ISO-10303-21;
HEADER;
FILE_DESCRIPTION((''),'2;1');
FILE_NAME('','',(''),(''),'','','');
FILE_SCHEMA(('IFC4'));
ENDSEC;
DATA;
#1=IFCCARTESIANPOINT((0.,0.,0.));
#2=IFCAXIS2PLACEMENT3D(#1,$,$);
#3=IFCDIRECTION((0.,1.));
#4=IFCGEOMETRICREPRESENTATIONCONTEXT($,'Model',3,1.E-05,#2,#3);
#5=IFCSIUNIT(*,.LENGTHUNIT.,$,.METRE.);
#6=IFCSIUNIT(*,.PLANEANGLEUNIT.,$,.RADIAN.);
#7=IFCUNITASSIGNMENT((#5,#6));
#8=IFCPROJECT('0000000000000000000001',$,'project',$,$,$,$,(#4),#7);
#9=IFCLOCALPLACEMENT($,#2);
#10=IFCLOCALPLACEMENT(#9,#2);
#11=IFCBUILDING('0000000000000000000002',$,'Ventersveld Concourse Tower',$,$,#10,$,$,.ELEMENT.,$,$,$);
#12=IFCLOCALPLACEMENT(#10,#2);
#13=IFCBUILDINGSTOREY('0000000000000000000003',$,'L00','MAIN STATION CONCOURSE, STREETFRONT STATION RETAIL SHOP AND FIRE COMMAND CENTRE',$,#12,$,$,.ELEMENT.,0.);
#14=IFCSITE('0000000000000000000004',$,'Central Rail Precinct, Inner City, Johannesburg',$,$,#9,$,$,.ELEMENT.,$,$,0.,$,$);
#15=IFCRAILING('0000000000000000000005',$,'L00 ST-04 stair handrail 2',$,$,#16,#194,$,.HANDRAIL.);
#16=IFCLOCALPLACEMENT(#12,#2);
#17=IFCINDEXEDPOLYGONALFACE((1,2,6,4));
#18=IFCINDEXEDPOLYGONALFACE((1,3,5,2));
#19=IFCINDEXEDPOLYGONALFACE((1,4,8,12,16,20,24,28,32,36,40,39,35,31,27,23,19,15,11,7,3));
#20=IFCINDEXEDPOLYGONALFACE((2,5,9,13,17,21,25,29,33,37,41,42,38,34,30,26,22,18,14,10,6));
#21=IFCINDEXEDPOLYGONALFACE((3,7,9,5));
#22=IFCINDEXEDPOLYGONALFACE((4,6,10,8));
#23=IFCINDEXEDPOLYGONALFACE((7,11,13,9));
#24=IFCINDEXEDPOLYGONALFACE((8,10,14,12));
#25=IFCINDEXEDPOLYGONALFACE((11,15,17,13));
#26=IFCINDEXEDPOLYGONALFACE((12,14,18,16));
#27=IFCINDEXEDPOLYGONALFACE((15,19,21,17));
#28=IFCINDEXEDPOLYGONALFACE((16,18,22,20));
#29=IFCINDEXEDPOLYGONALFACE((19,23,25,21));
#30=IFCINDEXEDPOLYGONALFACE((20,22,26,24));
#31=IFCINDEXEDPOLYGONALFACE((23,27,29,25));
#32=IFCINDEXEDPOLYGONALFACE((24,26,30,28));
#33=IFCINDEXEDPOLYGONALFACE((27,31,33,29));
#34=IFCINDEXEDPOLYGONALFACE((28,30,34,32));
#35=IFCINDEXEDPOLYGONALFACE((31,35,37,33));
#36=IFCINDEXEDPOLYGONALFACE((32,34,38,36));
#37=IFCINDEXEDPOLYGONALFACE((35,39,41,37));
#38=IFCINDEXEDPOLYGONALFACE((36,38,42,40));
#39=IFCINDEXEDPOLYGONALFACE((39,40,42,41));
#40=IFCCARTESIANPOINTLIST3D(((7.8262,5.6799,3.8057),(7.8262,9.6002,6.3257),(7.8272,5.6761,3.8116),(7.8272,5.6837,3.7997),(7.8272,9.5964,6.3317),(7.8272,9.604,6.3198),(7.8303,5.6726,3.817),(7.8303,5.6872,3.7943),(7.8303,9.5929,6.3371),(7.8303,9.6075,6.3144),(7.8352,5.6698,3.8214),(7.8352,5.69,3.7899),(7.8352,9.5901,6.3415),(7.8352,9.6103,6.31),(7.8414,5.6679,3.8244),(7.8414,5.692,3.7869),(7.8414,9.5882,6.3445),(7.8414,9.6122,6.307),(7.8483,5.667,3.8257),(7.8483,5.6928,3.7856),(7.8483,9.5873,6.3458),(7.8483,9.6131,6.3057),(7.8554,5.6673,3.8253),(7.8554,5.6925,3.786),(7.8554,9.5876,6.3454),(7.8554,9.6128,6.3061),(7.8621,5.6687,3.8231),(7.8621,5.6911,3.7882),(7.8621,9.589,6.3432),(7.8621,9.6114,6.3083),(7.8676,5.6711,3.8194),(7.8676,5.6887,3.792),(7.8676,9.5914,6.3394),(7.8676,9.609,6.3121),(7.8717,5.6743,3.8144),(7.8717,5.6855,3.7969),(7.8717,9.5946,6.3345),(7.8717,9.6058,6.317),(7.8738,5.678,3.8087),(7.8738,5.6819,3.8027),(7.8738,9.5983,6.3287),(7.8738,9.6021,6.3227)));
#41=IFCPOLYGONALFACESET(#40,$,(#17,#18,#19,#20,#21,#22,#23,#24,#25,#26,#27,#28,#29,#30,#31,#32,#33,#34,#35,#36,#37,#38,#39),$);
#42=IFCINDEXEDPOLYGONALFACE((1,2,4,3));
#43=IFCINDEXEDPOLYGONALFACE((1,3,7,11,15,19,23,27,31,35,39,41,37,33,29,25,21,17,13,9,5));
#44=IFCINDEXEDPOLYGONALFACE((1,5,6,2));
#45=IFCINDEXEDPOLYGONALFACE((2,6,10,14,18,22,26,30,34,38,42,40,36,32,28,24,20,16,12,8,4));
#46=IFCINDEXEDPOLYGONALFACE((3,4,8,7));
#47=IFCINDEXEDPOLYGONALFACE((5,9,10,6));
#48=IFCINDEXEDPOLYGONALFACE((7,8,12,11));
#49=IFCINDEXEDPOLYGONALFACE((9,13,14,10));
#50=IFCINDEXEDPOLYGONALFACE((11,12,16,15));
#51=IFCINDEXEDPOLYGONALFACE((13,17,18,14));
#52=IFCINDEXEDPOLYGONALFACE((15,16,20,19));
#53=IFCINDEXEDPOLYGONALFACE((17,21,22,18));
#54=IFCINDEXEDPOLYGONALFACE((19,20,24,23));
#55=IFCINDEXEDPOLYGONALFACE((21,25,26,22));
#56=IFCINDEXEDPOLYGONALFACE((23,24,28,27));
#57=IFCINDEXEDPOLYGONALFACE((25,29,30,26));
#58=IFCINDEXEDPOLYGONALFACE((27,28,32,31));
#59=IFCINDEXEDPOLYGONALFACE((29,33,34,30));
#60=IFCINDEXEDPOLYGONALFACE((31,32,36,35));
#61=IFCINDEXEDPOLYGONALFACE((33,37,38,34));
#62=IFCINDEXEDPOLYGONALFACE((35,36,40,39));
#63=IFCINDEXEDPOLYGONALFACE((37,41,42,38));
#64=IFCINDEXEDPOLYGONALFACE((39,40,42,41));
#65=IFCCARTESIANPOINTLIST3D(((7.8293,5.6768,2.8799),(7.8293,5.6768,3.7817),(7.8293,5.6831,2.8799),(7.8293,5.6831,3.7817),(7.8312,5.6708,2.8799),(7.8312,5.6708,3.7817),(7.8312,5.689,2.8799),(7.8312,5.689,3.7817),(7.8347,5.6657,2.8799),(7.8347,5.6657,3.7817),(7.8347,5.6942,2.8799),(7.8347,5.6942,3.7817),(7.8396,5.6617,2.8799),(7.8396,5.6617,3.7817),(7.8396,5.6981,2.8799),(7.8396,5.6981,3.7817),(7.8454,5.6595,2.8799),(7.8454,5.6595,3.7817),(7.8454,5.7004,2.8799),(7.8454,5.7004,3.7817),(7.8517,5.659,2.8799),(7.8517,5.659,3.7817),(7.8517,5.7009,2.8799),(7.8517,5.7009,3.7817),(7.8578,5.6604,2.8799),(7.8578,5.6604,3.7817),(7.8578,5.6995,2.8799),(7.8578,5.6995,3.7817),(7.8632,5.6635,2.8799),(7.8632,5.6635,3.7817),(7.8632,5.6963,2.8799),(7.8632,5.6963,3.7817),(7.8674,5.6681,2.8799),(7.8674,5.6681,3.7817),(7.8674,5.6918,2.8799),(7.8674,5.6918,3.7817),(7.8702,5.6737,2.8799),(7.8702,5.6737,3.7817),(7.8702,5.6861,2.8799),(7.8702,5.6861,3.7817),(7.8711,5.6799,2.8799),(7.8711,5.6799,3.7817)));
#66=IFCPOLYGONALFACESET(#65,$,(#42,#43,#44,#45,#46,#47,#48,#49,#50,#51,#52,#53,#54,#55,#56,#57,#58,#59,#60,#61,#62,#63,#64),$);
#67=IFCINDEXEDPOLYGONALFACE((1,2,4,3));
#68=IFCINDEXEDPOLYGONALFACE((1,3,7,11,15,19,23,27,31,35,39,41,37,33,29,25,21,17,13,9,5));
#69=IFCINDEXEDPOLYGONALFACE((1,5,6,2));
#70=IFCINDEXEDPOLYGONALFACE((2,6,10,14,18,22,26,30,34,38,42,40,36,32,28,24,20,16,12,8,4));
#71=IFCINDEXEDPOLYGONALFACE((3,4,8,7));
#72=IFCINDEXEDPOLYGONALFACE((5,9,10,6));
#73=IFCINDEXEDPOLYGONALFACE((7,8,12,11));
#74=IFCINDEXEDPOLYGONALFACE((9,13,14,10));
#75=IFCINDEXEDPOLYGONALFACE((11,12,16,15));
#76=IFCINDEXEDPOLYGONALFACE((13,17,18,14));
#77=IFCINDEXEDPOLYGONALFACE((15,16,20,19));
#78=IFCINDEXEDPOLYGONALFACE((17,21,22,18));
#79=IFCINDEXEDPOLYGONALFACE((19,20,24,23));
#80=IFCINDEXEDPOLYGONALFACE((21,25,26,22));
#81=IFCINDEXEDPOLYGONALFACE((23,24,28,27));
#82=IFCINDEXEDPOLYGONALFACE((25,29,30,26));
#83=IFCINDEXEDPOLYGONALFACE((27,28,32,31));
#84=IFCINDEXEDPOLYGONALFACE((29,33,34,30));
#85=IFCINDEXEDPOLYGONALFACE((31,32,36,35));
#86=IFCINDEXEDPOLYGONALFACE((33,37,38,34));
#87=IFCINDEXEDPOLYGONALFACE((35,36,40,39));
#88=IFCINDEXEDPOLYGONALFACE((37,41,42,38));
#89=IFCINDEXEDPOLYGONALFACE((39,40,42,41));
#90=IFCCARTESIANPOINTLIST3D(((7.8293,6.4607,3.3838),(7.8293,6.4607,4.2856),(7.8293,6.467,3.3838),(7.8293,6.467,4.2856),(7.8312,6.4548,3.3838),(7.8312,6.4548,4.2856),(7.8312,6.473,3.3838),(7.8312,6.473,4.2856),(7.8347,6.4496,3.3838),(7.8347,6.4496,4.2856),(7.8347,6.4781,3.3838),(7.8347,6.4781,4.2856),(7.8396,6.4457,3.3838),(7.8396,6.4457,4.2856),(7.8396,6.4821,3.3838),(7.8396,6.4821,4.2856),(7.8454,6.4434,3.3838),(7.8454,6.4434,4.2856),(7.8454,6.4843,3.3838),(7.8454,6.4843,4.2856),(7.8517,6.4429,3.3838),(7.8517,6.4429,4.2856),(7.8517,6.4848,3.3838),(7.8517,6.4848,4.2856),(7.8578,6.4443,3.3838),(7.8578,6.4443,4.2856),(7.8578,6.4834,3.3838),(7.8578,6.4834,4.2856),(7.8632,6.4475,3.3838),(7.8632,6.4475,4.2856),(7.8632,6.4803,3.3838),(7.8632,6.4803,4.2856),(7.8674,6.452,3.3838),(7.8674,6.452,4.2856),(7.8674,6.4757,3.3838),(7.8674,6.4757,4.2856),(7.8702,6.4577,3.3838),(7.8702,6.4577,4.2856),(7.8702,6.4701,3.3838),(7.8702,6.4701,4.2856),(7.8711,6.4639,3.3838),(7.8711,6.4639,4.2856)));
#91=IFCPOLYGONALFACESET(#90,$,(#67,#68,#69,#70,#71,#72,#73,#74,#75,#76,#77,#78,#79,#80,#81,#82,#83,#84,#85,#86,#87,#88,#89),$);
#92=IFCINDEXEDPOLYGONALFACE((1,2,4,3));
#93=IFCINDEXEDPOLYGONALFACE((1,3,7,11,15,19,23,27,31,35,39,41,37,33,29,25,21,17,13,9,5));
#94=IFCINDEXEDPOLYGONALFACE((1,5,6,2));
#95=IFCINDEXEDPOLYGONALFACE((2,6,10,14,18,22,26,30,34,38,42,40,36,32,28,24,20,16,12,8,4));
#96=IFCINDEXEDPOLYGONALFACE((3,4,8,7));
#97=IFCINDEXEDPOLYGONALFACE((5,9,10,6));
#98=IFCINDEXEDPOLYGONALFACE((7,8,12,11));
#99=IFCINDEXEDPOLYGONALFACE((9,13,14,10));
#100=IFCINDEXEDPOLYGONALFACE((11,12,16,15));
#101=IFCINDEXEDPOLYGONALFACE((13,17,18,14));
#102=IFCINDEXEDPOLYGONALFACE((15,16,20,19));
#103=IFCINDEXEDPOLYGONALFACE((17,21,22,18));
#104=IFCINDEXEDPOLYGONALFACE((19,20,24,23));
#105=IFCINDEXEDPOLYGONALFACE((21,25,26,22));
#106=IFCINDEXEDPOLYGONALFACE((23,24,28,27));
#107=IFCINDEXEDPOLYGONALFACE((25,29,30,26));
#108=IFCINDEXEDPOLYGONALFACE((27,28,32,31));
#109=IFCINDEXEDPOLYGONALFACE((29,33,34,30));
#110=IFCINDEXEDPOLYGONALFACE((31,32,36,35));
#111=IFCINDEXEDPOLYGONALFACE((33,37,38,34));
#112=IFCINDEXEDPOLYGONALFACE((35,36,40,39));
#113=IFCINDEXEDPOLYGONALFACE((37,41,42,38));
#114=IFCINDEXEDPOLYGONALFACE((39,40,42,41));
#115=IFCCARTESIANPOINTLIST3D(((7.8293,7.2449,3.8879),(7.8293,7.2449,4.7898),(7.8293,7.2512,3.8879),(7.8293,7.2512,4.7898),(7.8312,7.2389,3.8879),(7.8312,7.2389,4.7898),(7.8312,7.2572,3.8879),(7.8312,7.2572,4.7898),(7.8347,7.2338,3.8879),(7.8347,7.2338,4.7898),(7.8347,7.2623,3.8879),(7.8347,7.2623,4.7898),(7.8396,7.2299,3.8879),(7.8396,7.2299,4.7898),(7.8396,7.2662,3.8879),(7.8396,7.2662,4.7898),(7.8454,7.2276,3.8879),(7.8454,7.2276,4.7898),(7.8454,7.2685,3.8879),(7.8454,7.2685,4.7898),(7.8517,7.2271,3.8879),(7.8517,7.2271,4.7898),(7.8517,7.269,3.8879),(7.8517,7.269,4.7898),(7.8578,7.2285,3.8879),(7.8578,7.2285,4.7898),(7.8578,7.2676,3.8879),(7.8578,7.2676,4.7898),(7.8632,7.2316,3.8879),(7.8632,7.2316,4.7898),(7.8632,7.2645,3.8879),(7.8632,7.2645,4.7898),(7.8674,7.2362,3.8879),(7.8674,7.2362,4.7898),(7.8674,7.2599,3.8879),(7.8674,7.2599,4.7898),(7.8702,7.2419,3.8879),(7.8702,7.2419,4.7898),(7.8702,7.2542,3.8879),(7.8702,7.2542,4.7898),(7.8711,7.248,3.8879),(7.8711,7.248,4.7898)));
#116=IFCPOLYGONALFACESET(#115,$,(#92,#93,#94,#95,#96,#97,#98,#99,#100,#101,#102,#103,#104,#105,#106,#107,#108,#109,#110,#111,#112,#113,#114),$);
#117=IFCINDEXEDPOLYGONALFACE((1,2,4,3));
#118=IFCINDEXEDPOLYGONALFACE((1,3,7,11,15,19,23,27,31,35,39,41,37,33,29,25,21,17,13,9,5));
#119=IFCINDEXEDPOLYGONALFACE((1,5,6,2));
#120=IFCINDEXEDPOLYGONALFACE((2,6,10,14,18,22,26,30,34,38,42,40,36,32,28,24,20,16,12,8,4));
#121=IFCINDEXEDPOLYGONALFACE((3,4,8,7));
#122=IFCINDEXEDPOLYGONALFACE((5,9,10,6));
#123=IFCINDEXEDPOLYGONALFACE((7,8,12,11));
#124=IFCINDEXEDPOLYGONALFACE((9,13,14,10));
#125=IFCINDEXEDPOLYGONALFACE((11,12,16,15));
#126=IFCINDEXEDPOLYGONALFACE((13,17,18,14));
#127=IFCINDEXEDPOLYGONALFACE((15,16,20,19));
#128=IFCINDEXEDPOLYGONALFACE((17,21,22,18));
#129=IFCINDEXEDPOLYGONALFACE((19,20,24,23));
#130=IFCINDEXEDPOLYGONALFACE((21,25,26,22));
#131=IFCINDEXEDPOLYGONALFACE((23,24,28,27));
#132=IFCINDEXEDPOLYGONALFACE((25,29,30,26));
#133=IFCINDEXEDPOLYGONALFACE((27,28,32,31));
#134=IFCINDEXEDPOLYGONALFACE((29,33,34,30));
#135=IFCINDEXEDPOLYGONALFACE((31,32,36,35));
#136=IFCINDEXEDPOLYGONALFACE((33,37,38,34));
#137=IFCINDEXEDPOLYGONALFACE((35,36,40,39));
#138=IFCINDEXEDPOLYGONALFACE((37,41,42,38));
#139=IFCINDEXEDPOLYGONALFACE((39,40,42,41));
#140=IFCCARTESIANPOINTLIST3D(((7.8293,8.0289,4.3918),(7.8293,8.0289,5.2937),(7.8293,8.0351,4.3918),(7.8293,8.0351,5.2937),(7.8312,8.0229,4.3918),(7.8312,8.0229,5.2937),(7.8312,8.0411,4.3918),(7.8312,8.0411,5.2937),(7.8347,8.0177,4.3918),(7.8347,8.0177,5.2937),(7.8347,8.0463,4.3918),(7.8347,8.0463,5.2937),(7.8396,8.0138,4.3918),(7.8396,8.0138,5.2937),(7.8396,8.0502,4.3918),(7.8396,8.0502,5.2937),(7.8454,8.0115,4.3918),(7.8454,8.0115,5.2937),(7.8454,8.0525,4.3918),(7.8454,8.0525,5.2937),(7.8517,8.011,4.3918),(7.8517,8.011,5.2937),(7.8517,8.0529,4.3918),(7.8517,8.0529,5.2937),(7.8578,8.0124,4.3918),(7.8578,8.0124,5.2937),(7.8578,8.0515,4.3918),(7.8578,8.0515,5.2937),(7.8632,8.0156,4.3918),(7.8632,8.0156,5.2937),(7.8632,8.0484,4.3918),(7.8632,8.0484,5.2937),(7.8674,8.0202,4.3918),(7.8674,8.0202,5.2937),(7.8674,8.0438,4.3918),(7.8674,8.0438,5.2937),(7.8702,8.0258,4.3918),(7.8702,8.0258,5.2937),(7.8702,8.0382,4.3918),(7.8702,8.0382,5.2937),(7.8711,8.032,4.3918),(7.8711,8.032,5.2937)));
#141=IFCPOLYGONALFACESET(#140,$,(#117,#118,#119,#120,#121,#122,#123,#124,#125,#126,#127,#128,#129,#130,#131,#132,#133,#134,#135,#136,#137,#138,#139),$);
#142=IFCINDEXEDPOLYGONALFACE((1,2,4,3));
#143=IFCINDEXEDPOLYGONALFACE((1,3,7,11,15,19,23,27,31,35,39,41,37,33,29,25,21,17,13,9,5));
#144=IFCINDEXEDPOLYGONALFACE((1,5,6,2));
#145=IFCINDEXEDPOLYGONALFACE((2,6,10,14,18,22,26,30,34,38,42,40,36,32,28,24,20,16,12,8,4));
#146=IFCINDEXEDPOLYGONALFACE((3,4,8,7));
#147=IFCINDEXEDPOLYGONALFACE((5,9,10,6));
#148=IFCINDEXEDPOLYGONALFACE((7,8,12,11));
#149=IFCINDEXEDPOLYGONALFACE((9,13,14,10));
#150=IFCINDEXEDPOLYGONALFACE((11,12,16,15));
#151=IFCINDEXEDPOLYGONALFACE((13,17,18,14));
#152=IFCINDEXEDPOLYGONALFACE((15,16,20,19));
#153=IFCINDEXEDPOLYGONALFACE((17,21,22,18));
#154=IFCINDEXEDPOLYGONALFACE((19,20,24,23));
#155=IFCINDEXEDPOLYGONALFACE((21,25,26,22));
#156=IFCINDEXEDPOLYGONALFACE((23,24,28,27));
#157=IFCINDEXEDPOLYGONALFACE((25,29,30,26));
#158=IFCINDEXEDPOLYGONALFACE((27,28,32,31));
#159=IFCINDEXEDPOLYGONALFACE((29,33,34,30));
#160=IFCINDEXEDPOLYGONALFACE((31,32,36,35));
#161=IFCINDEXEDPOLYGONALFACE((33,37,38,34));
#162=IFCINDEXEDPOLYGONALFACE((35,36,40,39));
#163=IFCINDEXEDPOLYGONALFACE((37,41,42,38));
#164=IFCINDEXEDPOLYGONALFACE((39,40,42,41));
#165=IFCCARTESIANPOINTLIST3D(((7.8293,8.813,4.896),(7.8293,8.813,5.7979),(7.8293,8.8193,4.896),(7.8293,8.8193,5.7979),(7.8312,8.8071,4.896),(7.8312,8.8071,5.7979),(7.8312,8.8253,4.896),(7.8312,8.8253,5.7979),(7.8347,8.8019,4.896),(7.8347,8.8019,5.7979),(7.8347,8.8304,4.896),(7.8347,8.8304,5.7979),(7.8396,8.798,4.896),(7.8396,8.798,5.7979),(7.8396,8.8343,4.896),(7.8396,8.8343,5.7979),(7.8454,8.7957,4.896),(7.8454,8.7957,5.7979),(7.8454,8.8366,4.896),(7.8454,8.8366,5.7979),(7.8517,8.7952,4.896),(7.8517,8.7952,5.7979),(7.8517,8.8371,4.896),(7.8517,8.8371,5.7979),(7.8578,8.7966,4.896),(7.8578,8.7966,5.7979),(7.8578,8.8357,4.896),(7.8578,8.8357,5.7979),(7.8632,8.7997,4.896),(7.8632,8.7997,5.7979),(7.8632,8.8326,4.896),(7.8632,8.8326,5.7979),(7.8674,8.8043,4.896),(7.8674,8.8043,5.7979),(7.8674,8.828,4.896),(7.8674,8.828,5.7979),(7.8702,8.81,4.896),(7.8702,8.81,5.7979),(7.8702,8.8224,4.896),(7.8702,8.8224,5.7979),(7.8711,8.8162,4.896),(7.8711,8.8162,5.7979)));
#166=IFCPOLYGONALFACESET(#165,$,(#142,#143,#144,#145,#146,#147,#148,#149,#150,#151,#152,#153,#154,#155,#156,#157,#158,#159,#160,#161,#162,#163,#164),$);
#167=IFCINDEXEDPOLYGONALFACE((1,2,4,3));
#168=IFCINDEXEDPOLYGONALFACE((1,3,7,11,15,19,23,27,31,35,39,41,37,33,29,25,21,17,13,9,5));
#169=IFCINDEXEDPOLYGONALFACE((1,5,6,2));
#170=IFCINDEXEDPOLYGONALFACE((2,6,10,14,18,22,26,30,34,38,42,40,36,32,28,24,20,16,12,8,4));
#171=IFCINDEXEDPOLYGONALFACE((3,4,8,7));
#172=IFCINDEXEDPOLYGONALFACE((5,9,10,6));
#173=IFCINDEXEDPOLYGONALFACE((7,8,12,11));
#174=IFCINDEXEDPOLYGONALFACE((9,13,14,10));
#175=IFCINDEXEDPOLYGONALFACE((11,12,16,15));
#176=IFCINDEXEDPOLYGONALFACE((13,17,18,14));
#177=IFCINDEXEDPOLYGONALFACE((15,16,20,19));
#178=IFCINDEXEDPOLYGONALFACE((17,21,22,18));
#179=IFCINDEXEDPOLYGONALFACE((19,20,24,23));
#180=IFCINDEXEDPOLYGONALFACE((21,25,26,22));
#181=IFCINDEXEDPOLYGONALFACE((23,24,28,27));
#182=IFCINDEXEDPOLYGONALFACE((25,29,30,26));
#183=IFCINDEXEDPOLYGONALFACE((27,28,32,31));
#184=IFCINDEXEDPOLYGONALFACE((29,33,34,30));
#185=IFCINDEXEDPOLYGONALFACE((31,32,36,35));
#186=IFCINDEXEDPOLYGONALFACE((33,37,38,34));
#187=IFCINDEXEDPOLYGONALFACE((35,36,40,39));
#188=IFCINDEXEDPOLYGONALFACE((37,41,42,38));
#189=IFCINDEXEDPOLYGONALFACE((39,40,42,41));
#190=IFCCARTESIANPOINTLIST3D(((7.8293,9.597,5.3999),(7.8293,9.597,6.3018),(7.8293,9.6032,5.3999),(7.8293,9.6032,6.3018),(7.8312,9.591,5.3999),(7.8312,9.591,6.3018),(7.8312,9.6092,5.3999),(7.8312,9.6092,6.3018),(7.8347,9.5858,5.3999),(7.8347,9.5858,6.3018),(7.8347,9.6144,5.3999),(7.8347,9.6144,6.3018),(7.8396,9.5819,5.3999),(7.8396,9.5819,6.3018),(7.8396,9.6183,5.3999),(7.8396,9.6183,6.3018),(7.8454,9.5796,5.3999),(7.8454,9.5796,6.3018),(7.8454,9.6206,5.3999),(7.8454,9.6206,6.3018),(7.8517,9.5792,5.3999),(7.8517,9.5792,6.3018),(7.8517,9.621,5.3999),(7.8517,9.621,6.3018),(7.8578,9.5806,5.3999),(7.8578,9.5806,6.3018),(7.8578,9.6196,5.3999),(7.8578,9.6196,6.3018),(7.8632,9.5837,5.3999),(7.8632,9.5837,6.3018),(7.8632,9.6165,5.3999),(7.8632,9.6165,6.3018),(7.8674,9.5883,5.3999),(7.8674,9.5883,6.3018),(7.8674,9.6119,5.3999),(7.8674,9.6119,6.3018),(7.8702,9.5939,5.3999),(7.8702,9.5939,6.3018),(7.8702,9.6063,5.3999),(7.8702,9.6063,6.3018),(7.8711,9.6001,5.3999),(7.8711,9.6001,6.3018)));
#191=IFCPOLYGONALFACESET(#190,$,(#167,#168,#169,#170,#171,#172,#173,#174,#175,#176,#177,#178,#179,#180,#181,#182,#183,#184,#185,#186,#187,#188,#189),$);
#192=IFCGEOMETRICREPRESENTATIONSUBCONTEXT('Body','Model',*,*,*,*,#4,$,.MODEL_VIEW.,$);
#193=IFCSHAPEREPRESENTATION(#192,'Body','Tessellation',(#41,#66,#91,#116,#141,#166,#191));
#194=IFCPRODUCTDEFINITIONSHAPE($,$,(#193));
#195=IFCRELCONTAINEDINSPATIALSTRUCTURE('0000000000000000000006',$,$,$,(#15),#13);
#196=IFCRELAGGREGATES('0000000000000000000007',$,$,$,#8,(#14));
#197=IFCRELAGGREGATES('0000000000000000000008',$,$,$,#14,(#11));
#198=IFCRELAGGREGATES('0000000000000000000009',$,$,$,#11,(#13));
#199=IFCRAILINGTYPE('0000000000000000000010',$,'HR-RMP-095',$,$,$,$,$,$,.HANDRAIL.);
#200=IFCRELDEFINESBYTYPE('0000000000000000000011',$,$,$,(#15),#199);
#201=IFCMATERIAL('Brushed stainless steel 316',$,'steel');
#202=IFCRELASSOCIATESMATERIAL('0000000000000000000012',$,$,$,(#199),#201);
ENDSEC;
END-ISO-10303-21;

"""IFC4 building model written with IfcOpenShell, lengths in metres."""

from ifc_helpers import new_model, si_unit, direction, frame, origin, origin_2d, place, context, subcontext, project, spatial, circle, extrude, material, type_object, element, save


model = new_model("IFC4")

# Units and contexts
model_context = context("Model", 3, precision=1e-05, world=origin(), true_north=direction((0.0, 1.0)))
body_context = subcontext(model_context, "Body", "Model", "MODEL_VIEW")
ifc_project = project(units=[si_unit("LENGTHUNIT", "METRE"), si_unit("PLANEANGLEUNIT", "RADIAN")], contexts=[model_context])

# Site, building, storey
site_placement = place(None, origin())
site = spatial("IfcSite", under=ifc_project, at=site_placement, Name="Central Rail Precinct, Inner City, Johannesburg", CompositionType="ELEMENT", RefElevation=0.0)
building_placement = place(site_placement, origin())
building = spatial("IfcBuilding", under=site, at=building_placement, Name="Ventersveld Concourse Tower", CompositionType="ELEMENT")
storey_placement = place(building_placement, origin())
storey = spatial("IfcBuildingStorey", under=building, at=storey_placement, Name="L00", Description="MAIN STATION CONCOURSE, STREETFRONT STATION RETAIL SHOP AND FIRE COMMAND CENTRE", CompositionType="ELEMENT", Elevation=0.0)

# Shared definitions
ifc_material_1 = material(Name="Brushed stainless steel 316", Category="steel")

# Railing
railing_type_1 = type_object("IfcRailingType", Name="HR-RMP-095", PredefinedType="HANDRAIL", material=ifc_material_1)
railing_1_placement = place(storey_placement, frame((7.8501, 5.6799, 2.8799)))
element("IfcRailing", 1, at=railing_1_placement, inside=storey, type_object=railing_type_1, Name="L00 ST-04 stair handrail 2", PredefinedType="HANDRAIL", context=body_context, shape_type="SweptSolid", body=[
    extrude(circle(Radius=0.0239, at=origin_2d()), frame((0.0, 0.0, 0.9258), z_axis=(0.0, 0.841187, 0.540744), x_axis=(-1.0, 0.0, 0.0)), (0.0, 0.0, 1.0), 4.6604),
    extrude(circle(Radius=0.021, at=origin_2d()), origin(), (0.0, 0.0, 1.0), 0.9019),
    extrude(circle(Radius=0.021, at=origin_2d()), frame((0.0, 0.7839, 0.5039)), (0.0, 0.0, 1.0), 0.9019),
    extrude(circle(Radius=0.021, at=origin_2d()), frame((0.0, 1.5681, 1.0081)), (0.0, 0.0, 1.0), 0.9019),
    extrude(circle(Radius=0.021, at=origin_2d()), frame((0.0, 2.3521, 1.512)), (0.0, 0.0, 1.0), 0.9019),
    extrude(circle(Radius=0.021, at=origin_2d()), frame((0.0, 3.1362, 2.0161)), (0.0, 0.0, 1.0), 0.9019),
    extrude(circle(Radius=0.021, at=origin_2d()), frame((0.0, 3.9202, 2.52)), (0.0, 0.0, 1.0), 0.9019),
])

save(model, "model.ifc")
